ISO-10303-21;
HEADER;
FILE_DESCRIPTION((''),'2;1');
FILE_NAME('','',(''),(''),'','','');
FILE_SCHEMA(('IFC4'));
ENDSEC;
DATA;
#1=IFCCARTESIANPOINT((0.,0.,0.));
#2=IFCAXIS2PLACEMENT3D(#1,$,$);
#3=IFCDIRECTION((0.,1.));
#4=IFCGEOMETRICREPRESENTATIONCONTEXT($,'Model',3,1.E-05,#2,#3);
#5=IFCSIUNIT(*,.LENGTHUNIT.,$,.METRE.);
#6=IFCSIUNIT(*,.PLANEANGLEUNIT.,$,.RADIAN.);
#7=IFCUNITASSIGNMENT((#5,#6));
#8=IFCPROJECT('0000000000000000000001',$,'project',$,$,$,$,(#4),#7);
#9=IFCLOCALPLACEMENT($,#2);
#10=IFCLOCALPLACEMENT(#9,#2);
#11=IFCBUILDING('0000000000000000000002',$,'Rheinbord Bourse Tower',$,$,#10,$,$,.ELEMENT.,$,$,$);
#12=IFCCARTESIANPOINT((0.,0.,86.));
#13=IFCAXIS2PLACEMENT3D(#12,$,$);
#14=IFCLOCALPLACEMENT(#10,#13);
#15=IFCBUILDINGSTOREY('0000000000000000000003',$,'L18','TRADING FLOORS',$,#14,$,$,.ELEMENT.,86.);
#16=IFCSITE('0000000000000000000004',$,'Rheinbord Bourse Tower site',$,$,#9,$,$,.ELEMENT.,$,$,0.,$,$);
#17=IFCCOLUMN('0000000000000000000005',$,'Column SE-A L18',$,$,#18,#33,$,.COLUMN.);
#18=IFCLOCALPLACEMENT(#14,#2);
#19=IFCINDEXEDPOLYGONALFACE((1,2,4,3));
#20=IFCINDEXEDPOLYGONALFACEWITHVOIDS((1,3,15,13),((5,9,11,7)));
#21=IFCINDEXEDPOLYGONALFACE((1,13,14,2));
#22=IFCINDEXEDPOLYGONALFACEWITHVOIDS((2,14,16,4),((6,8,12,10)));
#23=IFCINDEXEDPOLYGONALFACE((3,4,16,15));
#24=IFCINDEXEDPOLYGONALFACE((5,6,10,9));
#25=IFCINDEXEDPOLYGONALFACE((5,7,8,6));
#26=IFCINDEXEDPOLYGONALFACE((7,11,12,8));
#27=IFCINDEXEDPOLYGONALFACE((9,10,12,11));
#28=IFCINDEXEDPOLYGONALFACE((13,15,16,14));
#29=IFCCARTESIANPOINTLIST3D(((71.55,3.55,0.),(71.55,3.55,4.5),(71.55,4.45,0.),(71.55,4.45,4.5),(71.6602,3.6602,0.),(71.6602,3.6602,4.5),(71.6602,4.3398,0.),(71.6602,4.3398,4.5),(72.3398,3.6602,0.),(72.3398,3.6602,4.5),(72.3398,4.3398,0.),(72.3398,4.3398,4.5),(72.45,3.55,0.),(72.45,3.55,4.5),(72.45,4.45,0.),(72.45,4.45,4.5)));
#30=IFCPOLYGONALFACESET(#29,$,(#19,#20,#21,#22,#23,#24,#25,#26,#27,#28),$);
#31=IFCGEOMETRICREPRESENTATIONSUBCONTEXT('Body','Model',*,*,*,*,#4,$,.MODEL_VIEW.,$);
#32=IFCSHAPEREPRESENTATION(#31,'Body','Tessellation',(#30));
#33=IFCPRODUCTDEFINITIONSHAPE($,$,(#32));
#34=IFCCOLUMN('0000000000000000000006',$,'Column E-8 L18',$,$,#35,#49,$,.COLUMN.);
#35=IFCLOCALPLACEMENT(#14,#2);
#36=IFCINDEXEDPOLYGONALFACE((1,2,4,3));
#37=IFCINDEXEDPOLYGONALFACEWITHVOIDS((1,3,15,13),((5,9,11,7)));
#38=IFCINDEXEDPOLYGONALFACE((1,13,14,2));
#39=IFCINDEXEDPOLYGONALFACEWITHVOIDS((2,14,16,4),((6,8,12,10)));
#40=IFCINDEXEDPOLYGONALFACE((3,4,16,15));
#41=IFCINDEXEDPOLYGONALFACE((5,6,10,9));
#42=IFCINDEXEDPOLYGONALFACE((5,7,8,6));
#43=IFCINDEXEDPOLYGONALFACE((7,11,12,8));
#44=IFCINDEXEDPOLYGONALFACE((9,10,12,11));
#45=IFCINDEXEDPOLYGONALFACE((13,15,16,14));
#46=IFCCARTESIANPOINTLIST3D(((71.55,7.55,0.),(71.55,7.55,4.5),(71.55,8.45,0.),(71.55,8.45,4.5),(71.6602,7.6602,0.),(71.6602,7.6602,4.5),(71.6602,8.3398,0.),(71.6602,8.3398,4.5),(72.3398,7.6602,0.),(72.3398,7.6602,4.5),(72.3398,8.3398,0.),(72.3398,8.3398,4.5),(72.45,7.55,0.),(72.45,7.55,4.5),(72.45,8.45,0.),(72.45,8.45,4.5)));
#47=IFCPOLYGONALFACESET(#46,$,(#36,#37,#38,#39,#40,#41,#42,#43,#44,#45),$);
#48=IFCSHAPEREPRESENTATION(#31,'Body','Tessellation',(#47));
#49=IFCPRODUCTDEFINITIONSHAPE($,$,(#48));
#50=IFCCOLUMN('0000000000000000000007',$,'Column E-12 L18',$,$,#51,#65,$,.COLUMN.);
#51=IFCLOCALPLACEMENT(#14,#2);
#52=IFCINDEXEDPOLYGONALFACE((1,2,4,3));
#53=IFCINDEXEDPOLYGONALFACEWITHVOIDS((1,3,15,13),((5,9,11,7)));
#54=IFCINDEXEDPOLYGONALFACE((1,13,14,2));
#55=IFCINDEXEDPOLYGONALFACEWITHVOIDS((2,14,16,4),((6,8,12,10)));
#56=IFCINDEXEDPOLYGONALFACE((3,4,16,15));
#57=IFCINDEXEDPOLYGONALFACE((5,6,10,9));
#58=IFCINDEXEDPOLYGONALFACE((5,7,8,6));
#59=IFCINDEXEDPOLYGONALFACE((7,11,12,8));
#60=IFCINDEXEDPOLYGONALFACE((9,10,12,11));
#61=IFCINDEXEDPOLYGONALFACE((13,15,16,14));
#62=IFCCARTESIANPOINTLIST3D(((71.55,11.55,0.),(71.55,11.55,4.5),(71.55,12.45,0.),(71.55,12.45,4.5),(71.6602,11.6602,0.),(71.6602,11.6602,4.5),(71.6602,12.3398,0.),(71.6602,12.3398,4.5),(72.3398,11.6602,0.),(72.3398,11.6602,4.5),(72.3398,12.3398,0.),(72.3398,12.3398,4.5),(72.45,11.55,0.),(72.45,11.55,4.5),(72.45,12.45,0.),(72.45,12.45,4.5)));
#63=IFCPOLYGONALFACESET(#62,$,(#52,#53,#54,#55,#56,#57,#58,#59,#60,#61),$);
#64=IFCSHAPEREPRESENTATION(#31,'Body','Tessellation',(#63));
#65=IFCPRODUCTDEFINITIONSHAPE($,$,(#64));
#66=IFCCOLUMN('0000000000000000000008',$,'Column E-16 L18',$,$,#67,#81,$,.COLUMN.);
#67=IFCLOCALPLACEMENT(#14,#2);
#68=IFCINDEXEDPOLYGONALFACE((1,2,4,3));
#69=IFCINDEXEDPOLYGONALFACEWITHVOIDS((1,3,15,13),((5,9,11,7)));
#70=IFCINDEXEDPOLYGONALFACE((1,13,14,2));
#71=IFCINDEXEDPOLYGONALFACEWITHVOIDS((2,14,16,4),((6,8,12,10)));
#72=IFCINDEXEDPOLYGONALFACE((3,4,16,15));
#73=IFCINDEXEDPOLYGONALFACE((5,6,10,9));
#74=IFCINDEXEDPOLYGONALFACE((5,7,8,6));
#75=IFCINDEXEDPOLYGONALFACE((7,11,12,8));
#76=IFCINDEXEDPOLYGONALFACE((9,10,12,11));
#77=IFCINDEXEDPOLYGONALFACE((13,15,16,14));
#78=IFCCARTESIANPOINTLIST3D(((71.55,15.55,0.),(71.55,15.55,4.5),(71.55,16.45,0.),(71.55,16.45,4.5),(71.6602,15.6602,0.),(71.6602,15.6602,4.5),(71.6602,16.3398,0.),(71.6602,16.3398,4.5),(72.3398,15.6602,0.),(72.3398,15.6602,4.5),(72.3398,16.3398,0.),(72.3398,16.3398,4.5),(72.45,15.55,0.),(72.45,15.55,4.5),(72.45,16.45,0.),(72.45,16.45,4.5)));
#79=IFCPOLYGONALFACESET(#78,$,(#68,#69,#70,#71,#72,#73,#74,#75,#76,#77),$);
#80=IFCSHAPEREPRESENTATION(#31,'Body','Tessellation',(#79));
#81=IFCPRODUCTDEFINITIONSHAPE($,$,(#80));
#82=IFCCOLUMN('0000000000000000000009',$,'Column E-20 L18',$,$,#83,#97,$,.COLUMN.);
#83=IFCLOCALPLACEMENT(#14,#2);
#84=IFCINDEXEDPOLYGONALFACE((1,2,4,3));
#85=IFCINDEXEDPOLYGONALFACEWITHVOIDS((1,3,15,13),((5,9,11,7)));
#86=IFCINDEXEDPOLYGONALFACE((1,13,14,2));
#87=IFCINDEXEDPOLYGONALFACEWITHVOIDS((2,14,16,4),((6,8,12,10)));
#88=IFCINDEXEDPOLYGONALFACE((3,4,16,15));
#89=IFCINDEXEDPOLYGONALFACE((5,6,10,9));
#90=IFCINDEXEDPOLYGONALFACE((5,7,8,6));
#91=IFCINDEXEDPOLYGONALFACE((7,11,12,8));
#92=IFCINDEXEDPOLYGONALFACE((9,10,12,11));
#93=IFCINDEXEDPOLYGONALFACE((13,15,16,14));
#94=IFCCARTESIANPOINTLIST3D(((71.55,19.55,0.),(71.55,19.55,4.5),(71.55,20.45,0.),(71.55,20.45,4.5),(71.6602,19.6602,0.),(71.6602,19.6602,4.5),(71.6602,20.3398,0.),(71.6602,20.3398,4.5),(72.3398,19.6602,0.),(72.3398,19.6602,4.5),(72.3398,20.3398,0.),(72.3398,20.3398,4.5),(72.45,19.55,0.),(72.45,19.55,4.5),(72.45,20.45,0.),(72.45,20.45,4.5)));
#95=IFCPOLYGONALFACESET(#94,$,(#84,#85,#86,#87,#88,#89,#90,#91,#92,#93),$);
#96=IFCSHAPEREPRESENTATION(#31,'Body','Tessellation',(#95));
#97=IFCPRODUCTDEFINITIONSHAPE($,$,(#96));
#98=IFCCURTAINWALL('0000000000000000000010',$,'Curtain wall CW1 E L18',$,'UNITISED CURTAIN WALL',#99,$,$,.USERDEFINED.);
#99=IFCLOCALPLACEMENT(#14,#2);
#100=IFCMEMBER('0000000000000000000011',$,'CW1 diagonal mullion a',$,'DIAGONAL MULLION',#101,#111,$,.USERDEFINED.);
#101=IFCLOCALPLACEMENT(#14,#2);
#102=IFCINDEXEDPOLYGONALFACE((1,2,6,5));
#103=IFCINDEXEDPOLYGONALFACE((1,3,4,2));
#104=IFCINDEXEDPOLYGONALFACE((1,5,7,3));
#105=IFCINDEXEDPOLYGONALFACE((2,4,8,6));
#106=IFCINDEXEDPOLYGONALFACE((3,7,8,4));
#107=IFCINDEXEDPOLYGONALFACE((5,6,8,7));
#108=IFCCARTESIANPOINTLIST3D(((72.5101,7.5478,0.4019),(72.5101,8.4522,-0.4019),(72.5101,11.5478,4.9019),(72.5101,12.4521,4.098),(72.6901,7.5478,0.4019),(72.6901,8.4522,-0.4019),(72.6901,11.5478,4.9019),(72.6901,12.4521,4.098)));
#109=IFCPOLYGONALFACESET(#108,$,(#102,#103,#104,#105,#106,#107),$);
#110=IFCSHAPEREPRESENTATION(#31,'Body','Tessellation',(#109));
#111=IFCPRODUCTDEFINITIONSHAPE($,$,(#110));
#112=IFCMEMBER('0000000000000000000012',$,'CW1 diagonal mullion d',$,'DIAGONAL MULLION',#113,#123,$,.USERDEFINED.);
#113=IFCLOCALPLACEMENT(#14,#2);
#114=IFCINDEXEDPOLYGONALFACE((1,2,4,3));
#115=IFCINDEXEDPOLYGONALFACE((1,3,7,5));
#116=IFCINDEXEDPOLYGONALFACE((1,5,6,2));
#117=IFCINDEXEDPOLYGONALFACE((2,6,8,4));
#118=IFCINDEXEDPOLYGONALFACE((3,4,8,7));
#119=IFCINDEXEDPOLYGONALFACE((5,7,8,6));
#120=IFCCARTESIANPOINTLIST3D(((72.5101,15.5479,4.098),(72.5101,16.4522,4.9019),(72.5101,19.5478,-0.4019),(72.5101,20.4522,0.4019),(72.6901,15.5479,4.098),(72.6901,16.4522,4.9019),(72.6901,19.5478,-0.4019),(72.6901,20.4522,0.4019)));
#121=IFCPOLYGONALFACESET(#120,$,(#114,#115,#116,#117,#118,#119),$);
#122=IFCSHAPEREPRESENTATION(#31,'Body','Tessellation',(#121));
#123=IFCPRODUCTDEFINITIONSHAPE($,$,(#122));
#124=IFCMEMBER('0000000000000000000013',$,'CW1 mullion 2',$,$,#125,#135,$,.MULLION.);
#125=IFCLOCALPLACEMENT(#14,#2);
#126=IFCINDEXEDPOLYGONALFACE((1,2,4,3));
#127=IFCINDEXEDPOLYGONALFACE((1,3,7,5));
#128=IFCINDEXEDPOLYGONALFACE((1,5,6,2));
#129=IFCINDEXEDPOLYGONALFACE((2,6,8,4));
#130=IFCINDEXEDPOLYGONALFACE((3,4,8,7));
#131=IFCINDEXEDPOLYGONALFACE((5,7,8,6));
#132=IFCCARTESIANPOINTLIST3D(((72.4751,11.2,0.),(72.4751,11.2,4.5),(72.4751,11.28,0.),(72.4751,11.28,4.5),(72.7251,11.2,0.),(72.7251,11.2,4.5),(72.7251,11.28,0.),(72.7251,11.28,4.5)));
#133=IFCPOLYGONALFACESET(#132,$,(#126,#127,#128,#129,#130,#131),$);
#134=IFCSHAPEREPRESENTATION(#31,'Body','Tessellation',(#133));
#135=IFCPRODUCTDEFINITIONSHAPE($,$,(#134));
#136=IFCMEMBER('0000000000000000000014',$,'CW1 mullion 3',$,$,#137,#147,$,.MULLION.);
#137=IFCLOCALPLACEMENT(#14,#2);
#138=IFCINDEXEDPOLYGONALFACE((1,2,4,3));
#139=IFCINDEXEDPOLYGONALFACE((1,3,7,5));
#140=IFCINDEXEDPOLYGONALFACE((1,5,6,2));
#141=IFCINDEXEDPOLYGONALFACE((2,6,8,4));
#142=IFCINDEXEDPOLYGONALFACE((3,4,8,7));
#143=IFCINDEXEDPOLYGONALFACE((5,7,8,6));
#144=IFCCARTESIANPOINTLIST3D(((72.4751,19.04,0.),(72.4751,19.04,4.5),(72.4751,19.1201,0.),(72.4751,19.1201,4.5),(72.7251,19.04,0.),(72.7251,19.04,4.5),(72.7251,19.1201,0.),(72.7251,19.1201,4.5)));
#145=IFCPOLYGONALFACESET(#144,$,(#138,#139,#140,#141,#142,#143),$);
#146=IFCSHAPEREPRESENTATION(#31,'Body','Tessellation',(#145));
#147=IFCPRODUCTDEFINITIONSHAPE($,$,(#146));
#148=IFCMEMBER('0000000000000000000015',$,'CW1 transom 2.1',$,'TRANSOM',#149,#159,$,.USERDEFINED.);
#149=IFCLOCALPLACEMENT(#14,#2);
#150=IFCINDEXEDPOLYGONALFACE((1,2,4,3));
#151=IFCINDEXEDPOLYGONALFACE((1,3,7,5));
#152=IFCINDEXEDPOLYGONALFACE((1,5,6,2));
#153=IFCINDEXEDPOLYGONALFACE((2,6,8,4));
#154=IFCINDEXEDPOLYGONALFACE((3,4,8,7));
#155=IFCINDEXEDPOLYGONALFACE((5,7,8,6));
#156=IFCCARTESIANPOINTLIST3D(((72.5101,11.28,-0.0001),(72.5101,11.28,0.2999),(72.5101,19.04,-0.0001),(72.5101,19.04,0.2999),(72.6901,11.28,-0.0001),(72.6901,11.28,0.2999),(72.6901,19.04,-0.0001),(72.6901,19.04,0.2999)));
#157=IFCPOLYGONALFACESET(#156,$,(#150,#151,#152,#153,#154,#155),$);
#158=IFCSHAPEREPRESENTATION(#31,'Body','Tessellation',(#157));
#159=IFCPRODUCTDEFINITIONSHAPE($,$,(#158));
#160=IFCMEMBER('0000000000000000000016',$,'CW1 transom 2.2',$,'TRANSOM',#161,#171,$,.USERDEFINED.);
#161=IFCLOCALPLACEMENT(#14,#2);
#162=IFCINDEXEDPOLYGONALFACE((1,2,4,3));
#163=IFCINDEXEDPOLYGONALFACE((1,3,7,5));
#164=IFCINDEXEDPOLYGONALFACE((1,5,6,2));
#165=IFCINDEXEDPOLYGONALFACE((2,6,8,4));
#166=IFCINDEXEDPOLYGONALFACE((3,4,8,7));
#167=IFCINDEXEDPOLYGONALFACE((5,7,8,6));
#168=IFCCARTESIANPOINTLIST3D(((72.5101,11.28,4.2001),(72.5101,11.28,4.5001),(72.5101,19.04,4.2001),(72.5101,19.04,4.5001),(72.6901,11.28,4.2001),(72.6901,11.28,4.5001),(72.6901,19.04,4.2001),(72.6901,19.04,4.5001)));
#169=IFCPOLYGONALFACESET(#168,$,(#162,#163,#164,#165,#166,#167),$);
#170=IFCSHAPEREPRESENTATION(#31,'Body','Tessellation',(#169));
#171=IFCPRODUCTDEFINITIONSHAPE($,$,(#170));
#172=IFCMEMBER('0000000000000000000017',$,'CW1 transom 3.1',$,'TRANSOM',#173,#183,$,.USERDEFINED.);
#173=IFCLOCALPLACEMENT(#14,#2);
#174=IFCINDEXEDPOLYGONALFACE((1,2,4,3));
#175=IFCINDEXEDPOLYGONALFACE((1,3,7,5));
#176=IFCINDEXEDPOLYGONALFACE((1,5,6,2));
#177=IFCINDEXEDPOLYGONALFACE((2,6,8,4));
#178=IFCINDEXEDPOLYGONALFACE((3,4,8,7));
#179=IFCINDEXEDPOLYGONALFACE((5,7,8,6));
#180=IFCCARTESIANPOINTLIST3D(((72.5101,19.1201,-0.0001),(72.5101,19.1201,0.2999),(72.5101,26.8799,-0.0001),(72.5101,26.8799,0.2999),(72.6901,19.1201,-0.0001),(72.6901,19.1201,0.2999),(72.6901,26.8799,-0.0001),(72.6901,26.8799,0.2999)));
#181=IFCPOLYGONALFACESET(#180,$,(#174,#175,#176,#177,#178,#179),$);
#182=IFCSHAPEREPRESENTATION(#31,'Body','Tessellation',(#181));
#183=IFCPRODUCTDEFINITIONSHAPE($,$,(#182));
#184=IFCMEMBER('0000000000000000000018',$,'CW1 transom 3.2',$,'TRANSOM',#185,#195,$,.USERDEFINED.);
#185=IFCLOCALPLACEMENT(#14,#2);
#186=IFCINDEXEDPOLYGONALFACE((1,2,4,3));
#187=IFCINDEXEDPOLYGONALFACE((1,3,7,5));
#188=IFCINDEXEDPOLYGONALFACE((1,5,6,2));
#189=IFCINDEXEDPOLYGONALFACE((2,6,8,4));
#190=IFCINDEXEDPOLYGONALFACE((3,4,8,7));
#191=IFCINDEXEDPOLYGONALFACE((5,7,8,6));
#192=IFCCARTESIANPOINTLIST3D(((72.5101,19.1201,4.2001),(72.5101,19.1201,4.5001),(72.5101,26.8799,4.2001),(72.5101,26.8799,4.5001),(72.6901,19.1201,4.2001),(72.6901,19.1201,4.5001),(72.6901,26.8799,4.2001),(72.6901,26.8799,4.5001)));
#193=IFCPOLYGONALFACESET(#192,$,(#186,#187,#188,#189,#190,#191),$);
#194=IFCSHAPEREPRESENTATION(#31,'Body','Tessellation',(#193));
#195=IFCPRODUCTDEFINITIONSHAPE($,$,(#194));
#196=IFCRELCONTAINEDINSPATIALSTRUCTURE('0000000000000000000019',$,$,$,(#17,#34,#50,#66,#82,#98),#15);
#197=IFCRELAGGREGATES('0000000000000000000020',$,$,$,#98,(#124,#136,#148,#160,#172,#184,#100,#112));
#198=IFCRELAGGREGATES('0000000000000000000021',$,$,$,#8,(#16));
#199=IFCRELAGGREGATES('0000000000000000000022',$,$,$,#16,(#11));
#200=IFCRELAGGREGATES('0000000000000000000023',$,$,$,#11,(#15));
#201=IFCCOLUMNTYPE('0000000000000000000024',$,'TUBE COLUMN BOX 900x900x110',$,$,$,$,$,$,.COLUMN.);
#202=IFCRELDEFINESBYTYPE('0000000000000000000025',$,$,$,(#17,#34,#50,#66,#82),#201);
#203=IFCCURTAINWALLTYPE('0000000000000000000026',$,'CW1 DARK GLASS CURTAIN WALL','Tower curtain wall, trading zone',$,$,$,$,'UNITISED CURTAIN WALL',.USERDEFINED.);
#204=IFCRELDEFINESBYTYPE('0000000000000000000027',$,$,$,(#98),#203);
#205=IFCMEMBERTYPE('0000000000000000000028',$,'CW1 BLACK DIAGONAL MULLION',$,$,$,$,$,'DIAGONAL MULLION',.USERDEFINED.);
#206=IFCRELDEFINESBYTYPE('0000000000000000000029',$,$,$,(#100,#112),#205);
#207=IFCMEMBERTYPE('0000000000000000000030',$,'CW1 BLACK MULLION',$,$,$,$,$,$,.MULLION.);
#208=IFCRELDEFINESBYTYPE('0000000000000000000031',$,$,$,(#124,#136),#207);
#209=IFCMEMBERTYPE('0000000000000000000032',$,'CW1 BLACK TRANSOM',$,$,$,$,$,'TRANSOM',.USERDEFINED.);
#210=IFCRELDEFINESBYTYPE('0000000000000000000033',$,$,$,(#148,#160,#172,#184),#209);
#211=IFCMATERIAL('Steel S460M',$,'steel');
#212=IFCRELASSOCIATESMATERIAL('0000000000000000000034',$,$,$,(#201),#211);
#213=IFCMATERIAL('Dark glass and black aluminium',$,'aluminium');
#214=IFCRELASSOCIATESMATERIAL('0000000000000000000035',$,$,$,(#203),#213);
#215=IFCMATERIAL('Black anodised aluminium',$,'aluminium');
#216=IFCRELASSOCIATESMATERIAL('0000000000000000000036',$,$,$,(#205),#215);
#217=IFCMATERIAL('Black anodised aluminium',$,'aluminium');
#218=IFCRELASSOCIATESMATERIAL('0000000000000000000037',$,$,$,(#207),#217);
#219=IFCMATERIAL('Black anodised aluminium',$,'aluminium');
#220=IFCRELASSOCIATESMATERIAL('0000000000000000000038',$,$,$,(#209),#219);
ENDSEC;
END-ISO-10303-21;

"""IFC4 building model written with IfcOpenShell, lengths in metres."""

from ifc_helpers import new_model, si_unit, direction, frame, origin, origin_2d, place, context, subcontext, project, spatial, rectangle, hollow_rectangle, extrude, material, material_profile, profile_set, type_object, element, aggregate, save


model = new_model("IFC4")

# Units and contexts
model_context = context("Model", 3, precision=1e-05, world=origin(), true_north=direction((0.0, 1.0)))
body_context = subcontext(model_context, "Body", "Model", "MODEL_VIEW")
ifc_project = project(units=[si_unit("LENGTHUNIT", "METRE"), si_unit("PLANEANGLEUNIT", "RADIAN")], contexts=[model_context])

# Site, building, storey
site_placement = place(None, origin())
site = spatial("IfcSite", under=ifc_project, at=site_placement, Name="Rheinbord Bourse Tower site", CompositionType="ELEMENT", RefElevation=0.0)
building_placement = place(site_placement, origin())
building = spatial("IfcBuilding", under=site, at=building_placement, Name="Rheinbord Bourse Tower", CompositionType="ELEMENT")
storey_placement = place(building_placement, frame((0.0, 0.0, 86.0)))
storey = spatial("IfcBuildingStorey", under=building, at=storey_placement, Name="L18", Description="TRADING FLOORS", CompositionType="ELEMENT", Elevation=86.0)

# Columns
ifc_material_1 = material(Name="Steel S460M", Category="steel")
ifc_material_profile_1 = material_profile(ifc_material_1, hollow_rectangle(XDim=0.8999, YDim=0.8999, WallThickness=0.1101, at=origin_2d()), Name="BOX 900x900x110")
ifc_profile_set_1 = profile_set([ifc_material_profile_1], Name="Steel S460M")
column_type = type_object("IfcColumnType", Name="TUBE COLUMN BOX 900x900x110", PredefinedType="COLUMN", material=ifc_profile_set_1)
for number, where, z_axis, x_axis, name in (
    (1, (72.0, 4.0, 0.0), (0.0, 0.0, 1.0), (1.0, 0.0, 0.0), "Column SE-A L18"),
    (2, (72.0, 8.0, 0.0), (0.0, 0.0, 1.0), (1.0, 0.0, 0.0), "Column E-8 L18"),
    (3, (72.0, 12.0, 0.0), (0.0, 0.0, 1.0), (1.0, 0.0, 0.0), "Column E-12 L18"),
    (4, (72.0, 16.0, 0.0), (0.0, 0.0, 1.0), (1.0, 0.0, 0.0), "Column E-16 L18"),
    (5, (72.0, 20.0, 0.0), (0.0, 0.0, 1.0), (1.0, 0.0, 0.0), "Column E-20 L18"),
):
    element("IfcColumn", number, at=place(storey_placement, frame(where, z_axis=z_axis, x_axis=x_axis)), inside=storey, type_object=column_type, Name=name, PredefinedType="COLUMN", context=body_context, shape_type="SweptSolid", body=[
        extrude(hollow_rectangle(XDim=0.8999, YDim=0.8999, WallThickness=0.1101, at=origin_2d()), origin(), (0.0, 0.0, 1.0), 4.5),
    ])

# Curtain wall, members
ifc_material_2 = material(Name="Dark glass and black aluminium", Category="aluminium")
curtain_wall_type = type_object("IfcCurtainWallType", Name="CW1 DARK GLASS CURTAIN WALL", Description="Tower curtain wall, trading zone", ElementType="UNITISED CURTAIN WALL", PredefinedType="USERDEFINED", material=ifc_material_2)
curtain_wall_placement = place(storey_placement, origin())
curtain_wall = element("IfcCurtainWall", 6, at=curtain_wall_placement, inside=storey, type_object=curtain_wall_type, Name="Curtain wall CW1 E L18", ObjectType="UNITISED CURTAIN WALL", PredefinedType="USERDEFINED")
ifc_material_3 = material(Name="Black anodised aluminium", Category="aluminium")
ifc_material_profile_2 = material_profile(ifc_material_3, rectangle(XDim=0.1799, YDim=1.21, at=origin_2d()), Name="CW1 DIAGONAL MULLION 1210x180")
ifc_profile_set_2 = profile_set([ifc_material_profile_2], Name="Black anodised aluminium")
member_type_1 = type_object("IfcMemberType", Name="CW1 BLACK DIAGONAL MULLION", ElementType="DIAGONAL MULLION", PredefinedType="USERDEFINED", material=ifc_profile_set_2)
member_1_placement = place(storey_placement, frame((72.6001, 8.0, 0.0), z_axis=(0.0, 0.664364, 0.747409), x_axis=(-1.0, 0.0, 0.0)))
member_1 = element("IfcMember", 7, at=member_1_placement, type_object=member_type_1, Name="CW1 diagonal mullion a", ObjectType="DIAGONAL MULLION", PredefinedType="USERDEFINED", context=body_context, shape_type="SweptSolid", body=[
    extrude(rectangle(XDim=0.1799, YDim=1.21, at=origin_2d()), origin(), (0.0, 0.0, 1.0), 6.0208),
])
member_2_placement = place(storey_placement, frame((72.6001, 20.0, 0.0), z_axis=(0.0, -0.664364, 0.747409), x_axis=(1.0, 0.0, 0.0)))
member_2 = element("IfcMember", 8, at=member_2_placement, type_object=member_type_1, Name="CW1 diagonal mullion d", ObjectType="DIAGONAL MULLION", PredefinedType="USERDEFINED", context=body_context, shape_type="SweptSolid", body=[
    extrude(rectangle(XDim=0.1799, YDim=1.21, at=origin_2d()), origin(), (0.0, 0.0, 1.0), 6.0208),
])
ifc_material_4 = material(Name="Black anodised aluminium", Category="aluminium")
ifc_material_profile_3 = material_profile(ifc_material_4, rectangle(XDim=0.25, YDim=0.0801, at=origin_2d()), Name="CW1 MULLION 80x250")
ifc_profile_set_3 = profile_set([ifc_material_profile_3], Name="Black anodised aluminium")
member_type_2 = type_object("IfcMemberType", Name="CW1 BLACK MULLION", PredefinedType="MULLION", material=ifc_profile_set_3)
member_3_placement = place(storey_placement, frame((72.6001, 11.24, 0.0), z_axis=(0.0, 0.0, 1.0), x_axis=(-1.0, 0.0, 0.0)))
member_3 = element("IfcMember", 9, at=member_3_placement, type_object=member_type_2, Name="CW1 mullion 2", PredefinedType="MULLION", context=body_context, shape_type="SweptSolid", body=[
    extrude(rectangle(XDim=0.25, YDim=0.0801, at=origin_2d()), origin(), (0.0, 0.0, 1.0), 4.5),
])
member_4_placement = place(storey_placement, frame((72.6001, 19.0801, 0.0), z_axis=(0.0, 0.0, 1.0), x_axis=(-1.0, 0.0, 0.0)))
member_4 = element("IfcMember", 10, at=member_4_placement, type_object=member_type_2, Name="CW1 mullion 3", PredefinedType="MULLION", context=body_context, shape_type="SweptSolid", body=[
    extrude(rectangle(XDim=0.25, YDim=0.0801, at=origin_2d()), origin(), (0.0, 0.0, 1.0), 4.5),
])
ifc_material_5 = material(Name="Black anodised aluminium", Category="aluminium")
ifc_material_profile_4 = material_profile(ifc_material_5, rectangle(XDim=0.1799, YDim=0.3, at=origin_2d()), Name="CW1 TRANSOM 300x180")
ifc_profile_set_4 = profile_set([ifc_material_profile_4], Name="Black anodised aluminium")
member_type_3 = type_object("IfcMemberType", Name="CW1 BLACK TRANSOM", ElementType="TRANSOM", PredefinedType="USERDEFINED", material=ifc_profile_set_4)
member_5_placement = place(storey_placement, frame((72.6001, 11.28, 0.1499), z_axis=(0.0, 1.0, 0.0), x_axis=(-1.0, 0.0, 0.0)))
member_5 = element("IfcMember", 11, at=member_5_placement, type_object=member_type_3, Name="CW1 transom 2.1", ObjectType="TRANSOM", PredefinedType="USERDEFINED", context=body_context, shape_type="SweptSolid", body=[
    extrude(rectangle(XDim=0.1799, YDim=0.3, at=origin_2d()), origin(), (0.0, 0.0, 1.0), 7.76),
])
member_6_placement = place(storey_placement, frame((72.6001, 11.28, 4.3501), z_axis=(0.0, 1.0, 0.0), x_axis=(-1.0, 0.0, 0.0)))
member_6 = element("IfcMember", 12, at=member_6_placement, type_object=member_type_3, Name="CW1 transom 2.2", ObjectType="TRANSOM", PredefinedType="USERDEFINED", context=body_context, shape_type="SweptSolid", body=[
    extrude(rectangle(XDim=0.1799, YDim=0.3, at=origin_2d()), origin(), (0.0, 0.0, 1.0), 7.76),
])
member_7_placement = place(storey_placement, frame((72.6001, 19.1201, 0.1499), z_axis=(0.0, 1.0, 0.0), x_axis=(-1.0, 0.0, 0.0)))
member_7 = element("IfcMember", 13, at=member_7_placement, type_object=member_type_3, Name="CW1 transom 3.1", ObjectType="TRANSOM", PredefinedType="USERDEFINED", context=body_context, shape_type="SweptSolid", body=[
    extrude(rectangle(XDim=0.1799, YDim=0.3, at=origin_2d()), origin(), (0.0, 0.0, 1.0), 7.7598),
])
member_8_placement = place(storey_placement, frame((72.6001, 19.1201, 4.3501), z_axis=(0.0, 1.0, 0.0), x_axis=(-1.0, 0.0, 0.0)))
member_8 = element("IfcMember", 14, at=member_8_placement, type_object=member_type_3, Name="CW1 transom 3.2", ObjectType="TRANSOM", PredefinedType="USERDEFINED", context=body_context, shape_type="SweptSolid", body=[
    extrude(rectangle(XDim=0.1799, YDim=0.3, at=origin_2d()), origin(), (0.0, 0.0, 1.0), 7.7598),
])

aggregate(curtain_wall, [member_3, member_4, member_5, member_6, member_7, member_8, member_1, member_2])

save(model, "model.ifc")
